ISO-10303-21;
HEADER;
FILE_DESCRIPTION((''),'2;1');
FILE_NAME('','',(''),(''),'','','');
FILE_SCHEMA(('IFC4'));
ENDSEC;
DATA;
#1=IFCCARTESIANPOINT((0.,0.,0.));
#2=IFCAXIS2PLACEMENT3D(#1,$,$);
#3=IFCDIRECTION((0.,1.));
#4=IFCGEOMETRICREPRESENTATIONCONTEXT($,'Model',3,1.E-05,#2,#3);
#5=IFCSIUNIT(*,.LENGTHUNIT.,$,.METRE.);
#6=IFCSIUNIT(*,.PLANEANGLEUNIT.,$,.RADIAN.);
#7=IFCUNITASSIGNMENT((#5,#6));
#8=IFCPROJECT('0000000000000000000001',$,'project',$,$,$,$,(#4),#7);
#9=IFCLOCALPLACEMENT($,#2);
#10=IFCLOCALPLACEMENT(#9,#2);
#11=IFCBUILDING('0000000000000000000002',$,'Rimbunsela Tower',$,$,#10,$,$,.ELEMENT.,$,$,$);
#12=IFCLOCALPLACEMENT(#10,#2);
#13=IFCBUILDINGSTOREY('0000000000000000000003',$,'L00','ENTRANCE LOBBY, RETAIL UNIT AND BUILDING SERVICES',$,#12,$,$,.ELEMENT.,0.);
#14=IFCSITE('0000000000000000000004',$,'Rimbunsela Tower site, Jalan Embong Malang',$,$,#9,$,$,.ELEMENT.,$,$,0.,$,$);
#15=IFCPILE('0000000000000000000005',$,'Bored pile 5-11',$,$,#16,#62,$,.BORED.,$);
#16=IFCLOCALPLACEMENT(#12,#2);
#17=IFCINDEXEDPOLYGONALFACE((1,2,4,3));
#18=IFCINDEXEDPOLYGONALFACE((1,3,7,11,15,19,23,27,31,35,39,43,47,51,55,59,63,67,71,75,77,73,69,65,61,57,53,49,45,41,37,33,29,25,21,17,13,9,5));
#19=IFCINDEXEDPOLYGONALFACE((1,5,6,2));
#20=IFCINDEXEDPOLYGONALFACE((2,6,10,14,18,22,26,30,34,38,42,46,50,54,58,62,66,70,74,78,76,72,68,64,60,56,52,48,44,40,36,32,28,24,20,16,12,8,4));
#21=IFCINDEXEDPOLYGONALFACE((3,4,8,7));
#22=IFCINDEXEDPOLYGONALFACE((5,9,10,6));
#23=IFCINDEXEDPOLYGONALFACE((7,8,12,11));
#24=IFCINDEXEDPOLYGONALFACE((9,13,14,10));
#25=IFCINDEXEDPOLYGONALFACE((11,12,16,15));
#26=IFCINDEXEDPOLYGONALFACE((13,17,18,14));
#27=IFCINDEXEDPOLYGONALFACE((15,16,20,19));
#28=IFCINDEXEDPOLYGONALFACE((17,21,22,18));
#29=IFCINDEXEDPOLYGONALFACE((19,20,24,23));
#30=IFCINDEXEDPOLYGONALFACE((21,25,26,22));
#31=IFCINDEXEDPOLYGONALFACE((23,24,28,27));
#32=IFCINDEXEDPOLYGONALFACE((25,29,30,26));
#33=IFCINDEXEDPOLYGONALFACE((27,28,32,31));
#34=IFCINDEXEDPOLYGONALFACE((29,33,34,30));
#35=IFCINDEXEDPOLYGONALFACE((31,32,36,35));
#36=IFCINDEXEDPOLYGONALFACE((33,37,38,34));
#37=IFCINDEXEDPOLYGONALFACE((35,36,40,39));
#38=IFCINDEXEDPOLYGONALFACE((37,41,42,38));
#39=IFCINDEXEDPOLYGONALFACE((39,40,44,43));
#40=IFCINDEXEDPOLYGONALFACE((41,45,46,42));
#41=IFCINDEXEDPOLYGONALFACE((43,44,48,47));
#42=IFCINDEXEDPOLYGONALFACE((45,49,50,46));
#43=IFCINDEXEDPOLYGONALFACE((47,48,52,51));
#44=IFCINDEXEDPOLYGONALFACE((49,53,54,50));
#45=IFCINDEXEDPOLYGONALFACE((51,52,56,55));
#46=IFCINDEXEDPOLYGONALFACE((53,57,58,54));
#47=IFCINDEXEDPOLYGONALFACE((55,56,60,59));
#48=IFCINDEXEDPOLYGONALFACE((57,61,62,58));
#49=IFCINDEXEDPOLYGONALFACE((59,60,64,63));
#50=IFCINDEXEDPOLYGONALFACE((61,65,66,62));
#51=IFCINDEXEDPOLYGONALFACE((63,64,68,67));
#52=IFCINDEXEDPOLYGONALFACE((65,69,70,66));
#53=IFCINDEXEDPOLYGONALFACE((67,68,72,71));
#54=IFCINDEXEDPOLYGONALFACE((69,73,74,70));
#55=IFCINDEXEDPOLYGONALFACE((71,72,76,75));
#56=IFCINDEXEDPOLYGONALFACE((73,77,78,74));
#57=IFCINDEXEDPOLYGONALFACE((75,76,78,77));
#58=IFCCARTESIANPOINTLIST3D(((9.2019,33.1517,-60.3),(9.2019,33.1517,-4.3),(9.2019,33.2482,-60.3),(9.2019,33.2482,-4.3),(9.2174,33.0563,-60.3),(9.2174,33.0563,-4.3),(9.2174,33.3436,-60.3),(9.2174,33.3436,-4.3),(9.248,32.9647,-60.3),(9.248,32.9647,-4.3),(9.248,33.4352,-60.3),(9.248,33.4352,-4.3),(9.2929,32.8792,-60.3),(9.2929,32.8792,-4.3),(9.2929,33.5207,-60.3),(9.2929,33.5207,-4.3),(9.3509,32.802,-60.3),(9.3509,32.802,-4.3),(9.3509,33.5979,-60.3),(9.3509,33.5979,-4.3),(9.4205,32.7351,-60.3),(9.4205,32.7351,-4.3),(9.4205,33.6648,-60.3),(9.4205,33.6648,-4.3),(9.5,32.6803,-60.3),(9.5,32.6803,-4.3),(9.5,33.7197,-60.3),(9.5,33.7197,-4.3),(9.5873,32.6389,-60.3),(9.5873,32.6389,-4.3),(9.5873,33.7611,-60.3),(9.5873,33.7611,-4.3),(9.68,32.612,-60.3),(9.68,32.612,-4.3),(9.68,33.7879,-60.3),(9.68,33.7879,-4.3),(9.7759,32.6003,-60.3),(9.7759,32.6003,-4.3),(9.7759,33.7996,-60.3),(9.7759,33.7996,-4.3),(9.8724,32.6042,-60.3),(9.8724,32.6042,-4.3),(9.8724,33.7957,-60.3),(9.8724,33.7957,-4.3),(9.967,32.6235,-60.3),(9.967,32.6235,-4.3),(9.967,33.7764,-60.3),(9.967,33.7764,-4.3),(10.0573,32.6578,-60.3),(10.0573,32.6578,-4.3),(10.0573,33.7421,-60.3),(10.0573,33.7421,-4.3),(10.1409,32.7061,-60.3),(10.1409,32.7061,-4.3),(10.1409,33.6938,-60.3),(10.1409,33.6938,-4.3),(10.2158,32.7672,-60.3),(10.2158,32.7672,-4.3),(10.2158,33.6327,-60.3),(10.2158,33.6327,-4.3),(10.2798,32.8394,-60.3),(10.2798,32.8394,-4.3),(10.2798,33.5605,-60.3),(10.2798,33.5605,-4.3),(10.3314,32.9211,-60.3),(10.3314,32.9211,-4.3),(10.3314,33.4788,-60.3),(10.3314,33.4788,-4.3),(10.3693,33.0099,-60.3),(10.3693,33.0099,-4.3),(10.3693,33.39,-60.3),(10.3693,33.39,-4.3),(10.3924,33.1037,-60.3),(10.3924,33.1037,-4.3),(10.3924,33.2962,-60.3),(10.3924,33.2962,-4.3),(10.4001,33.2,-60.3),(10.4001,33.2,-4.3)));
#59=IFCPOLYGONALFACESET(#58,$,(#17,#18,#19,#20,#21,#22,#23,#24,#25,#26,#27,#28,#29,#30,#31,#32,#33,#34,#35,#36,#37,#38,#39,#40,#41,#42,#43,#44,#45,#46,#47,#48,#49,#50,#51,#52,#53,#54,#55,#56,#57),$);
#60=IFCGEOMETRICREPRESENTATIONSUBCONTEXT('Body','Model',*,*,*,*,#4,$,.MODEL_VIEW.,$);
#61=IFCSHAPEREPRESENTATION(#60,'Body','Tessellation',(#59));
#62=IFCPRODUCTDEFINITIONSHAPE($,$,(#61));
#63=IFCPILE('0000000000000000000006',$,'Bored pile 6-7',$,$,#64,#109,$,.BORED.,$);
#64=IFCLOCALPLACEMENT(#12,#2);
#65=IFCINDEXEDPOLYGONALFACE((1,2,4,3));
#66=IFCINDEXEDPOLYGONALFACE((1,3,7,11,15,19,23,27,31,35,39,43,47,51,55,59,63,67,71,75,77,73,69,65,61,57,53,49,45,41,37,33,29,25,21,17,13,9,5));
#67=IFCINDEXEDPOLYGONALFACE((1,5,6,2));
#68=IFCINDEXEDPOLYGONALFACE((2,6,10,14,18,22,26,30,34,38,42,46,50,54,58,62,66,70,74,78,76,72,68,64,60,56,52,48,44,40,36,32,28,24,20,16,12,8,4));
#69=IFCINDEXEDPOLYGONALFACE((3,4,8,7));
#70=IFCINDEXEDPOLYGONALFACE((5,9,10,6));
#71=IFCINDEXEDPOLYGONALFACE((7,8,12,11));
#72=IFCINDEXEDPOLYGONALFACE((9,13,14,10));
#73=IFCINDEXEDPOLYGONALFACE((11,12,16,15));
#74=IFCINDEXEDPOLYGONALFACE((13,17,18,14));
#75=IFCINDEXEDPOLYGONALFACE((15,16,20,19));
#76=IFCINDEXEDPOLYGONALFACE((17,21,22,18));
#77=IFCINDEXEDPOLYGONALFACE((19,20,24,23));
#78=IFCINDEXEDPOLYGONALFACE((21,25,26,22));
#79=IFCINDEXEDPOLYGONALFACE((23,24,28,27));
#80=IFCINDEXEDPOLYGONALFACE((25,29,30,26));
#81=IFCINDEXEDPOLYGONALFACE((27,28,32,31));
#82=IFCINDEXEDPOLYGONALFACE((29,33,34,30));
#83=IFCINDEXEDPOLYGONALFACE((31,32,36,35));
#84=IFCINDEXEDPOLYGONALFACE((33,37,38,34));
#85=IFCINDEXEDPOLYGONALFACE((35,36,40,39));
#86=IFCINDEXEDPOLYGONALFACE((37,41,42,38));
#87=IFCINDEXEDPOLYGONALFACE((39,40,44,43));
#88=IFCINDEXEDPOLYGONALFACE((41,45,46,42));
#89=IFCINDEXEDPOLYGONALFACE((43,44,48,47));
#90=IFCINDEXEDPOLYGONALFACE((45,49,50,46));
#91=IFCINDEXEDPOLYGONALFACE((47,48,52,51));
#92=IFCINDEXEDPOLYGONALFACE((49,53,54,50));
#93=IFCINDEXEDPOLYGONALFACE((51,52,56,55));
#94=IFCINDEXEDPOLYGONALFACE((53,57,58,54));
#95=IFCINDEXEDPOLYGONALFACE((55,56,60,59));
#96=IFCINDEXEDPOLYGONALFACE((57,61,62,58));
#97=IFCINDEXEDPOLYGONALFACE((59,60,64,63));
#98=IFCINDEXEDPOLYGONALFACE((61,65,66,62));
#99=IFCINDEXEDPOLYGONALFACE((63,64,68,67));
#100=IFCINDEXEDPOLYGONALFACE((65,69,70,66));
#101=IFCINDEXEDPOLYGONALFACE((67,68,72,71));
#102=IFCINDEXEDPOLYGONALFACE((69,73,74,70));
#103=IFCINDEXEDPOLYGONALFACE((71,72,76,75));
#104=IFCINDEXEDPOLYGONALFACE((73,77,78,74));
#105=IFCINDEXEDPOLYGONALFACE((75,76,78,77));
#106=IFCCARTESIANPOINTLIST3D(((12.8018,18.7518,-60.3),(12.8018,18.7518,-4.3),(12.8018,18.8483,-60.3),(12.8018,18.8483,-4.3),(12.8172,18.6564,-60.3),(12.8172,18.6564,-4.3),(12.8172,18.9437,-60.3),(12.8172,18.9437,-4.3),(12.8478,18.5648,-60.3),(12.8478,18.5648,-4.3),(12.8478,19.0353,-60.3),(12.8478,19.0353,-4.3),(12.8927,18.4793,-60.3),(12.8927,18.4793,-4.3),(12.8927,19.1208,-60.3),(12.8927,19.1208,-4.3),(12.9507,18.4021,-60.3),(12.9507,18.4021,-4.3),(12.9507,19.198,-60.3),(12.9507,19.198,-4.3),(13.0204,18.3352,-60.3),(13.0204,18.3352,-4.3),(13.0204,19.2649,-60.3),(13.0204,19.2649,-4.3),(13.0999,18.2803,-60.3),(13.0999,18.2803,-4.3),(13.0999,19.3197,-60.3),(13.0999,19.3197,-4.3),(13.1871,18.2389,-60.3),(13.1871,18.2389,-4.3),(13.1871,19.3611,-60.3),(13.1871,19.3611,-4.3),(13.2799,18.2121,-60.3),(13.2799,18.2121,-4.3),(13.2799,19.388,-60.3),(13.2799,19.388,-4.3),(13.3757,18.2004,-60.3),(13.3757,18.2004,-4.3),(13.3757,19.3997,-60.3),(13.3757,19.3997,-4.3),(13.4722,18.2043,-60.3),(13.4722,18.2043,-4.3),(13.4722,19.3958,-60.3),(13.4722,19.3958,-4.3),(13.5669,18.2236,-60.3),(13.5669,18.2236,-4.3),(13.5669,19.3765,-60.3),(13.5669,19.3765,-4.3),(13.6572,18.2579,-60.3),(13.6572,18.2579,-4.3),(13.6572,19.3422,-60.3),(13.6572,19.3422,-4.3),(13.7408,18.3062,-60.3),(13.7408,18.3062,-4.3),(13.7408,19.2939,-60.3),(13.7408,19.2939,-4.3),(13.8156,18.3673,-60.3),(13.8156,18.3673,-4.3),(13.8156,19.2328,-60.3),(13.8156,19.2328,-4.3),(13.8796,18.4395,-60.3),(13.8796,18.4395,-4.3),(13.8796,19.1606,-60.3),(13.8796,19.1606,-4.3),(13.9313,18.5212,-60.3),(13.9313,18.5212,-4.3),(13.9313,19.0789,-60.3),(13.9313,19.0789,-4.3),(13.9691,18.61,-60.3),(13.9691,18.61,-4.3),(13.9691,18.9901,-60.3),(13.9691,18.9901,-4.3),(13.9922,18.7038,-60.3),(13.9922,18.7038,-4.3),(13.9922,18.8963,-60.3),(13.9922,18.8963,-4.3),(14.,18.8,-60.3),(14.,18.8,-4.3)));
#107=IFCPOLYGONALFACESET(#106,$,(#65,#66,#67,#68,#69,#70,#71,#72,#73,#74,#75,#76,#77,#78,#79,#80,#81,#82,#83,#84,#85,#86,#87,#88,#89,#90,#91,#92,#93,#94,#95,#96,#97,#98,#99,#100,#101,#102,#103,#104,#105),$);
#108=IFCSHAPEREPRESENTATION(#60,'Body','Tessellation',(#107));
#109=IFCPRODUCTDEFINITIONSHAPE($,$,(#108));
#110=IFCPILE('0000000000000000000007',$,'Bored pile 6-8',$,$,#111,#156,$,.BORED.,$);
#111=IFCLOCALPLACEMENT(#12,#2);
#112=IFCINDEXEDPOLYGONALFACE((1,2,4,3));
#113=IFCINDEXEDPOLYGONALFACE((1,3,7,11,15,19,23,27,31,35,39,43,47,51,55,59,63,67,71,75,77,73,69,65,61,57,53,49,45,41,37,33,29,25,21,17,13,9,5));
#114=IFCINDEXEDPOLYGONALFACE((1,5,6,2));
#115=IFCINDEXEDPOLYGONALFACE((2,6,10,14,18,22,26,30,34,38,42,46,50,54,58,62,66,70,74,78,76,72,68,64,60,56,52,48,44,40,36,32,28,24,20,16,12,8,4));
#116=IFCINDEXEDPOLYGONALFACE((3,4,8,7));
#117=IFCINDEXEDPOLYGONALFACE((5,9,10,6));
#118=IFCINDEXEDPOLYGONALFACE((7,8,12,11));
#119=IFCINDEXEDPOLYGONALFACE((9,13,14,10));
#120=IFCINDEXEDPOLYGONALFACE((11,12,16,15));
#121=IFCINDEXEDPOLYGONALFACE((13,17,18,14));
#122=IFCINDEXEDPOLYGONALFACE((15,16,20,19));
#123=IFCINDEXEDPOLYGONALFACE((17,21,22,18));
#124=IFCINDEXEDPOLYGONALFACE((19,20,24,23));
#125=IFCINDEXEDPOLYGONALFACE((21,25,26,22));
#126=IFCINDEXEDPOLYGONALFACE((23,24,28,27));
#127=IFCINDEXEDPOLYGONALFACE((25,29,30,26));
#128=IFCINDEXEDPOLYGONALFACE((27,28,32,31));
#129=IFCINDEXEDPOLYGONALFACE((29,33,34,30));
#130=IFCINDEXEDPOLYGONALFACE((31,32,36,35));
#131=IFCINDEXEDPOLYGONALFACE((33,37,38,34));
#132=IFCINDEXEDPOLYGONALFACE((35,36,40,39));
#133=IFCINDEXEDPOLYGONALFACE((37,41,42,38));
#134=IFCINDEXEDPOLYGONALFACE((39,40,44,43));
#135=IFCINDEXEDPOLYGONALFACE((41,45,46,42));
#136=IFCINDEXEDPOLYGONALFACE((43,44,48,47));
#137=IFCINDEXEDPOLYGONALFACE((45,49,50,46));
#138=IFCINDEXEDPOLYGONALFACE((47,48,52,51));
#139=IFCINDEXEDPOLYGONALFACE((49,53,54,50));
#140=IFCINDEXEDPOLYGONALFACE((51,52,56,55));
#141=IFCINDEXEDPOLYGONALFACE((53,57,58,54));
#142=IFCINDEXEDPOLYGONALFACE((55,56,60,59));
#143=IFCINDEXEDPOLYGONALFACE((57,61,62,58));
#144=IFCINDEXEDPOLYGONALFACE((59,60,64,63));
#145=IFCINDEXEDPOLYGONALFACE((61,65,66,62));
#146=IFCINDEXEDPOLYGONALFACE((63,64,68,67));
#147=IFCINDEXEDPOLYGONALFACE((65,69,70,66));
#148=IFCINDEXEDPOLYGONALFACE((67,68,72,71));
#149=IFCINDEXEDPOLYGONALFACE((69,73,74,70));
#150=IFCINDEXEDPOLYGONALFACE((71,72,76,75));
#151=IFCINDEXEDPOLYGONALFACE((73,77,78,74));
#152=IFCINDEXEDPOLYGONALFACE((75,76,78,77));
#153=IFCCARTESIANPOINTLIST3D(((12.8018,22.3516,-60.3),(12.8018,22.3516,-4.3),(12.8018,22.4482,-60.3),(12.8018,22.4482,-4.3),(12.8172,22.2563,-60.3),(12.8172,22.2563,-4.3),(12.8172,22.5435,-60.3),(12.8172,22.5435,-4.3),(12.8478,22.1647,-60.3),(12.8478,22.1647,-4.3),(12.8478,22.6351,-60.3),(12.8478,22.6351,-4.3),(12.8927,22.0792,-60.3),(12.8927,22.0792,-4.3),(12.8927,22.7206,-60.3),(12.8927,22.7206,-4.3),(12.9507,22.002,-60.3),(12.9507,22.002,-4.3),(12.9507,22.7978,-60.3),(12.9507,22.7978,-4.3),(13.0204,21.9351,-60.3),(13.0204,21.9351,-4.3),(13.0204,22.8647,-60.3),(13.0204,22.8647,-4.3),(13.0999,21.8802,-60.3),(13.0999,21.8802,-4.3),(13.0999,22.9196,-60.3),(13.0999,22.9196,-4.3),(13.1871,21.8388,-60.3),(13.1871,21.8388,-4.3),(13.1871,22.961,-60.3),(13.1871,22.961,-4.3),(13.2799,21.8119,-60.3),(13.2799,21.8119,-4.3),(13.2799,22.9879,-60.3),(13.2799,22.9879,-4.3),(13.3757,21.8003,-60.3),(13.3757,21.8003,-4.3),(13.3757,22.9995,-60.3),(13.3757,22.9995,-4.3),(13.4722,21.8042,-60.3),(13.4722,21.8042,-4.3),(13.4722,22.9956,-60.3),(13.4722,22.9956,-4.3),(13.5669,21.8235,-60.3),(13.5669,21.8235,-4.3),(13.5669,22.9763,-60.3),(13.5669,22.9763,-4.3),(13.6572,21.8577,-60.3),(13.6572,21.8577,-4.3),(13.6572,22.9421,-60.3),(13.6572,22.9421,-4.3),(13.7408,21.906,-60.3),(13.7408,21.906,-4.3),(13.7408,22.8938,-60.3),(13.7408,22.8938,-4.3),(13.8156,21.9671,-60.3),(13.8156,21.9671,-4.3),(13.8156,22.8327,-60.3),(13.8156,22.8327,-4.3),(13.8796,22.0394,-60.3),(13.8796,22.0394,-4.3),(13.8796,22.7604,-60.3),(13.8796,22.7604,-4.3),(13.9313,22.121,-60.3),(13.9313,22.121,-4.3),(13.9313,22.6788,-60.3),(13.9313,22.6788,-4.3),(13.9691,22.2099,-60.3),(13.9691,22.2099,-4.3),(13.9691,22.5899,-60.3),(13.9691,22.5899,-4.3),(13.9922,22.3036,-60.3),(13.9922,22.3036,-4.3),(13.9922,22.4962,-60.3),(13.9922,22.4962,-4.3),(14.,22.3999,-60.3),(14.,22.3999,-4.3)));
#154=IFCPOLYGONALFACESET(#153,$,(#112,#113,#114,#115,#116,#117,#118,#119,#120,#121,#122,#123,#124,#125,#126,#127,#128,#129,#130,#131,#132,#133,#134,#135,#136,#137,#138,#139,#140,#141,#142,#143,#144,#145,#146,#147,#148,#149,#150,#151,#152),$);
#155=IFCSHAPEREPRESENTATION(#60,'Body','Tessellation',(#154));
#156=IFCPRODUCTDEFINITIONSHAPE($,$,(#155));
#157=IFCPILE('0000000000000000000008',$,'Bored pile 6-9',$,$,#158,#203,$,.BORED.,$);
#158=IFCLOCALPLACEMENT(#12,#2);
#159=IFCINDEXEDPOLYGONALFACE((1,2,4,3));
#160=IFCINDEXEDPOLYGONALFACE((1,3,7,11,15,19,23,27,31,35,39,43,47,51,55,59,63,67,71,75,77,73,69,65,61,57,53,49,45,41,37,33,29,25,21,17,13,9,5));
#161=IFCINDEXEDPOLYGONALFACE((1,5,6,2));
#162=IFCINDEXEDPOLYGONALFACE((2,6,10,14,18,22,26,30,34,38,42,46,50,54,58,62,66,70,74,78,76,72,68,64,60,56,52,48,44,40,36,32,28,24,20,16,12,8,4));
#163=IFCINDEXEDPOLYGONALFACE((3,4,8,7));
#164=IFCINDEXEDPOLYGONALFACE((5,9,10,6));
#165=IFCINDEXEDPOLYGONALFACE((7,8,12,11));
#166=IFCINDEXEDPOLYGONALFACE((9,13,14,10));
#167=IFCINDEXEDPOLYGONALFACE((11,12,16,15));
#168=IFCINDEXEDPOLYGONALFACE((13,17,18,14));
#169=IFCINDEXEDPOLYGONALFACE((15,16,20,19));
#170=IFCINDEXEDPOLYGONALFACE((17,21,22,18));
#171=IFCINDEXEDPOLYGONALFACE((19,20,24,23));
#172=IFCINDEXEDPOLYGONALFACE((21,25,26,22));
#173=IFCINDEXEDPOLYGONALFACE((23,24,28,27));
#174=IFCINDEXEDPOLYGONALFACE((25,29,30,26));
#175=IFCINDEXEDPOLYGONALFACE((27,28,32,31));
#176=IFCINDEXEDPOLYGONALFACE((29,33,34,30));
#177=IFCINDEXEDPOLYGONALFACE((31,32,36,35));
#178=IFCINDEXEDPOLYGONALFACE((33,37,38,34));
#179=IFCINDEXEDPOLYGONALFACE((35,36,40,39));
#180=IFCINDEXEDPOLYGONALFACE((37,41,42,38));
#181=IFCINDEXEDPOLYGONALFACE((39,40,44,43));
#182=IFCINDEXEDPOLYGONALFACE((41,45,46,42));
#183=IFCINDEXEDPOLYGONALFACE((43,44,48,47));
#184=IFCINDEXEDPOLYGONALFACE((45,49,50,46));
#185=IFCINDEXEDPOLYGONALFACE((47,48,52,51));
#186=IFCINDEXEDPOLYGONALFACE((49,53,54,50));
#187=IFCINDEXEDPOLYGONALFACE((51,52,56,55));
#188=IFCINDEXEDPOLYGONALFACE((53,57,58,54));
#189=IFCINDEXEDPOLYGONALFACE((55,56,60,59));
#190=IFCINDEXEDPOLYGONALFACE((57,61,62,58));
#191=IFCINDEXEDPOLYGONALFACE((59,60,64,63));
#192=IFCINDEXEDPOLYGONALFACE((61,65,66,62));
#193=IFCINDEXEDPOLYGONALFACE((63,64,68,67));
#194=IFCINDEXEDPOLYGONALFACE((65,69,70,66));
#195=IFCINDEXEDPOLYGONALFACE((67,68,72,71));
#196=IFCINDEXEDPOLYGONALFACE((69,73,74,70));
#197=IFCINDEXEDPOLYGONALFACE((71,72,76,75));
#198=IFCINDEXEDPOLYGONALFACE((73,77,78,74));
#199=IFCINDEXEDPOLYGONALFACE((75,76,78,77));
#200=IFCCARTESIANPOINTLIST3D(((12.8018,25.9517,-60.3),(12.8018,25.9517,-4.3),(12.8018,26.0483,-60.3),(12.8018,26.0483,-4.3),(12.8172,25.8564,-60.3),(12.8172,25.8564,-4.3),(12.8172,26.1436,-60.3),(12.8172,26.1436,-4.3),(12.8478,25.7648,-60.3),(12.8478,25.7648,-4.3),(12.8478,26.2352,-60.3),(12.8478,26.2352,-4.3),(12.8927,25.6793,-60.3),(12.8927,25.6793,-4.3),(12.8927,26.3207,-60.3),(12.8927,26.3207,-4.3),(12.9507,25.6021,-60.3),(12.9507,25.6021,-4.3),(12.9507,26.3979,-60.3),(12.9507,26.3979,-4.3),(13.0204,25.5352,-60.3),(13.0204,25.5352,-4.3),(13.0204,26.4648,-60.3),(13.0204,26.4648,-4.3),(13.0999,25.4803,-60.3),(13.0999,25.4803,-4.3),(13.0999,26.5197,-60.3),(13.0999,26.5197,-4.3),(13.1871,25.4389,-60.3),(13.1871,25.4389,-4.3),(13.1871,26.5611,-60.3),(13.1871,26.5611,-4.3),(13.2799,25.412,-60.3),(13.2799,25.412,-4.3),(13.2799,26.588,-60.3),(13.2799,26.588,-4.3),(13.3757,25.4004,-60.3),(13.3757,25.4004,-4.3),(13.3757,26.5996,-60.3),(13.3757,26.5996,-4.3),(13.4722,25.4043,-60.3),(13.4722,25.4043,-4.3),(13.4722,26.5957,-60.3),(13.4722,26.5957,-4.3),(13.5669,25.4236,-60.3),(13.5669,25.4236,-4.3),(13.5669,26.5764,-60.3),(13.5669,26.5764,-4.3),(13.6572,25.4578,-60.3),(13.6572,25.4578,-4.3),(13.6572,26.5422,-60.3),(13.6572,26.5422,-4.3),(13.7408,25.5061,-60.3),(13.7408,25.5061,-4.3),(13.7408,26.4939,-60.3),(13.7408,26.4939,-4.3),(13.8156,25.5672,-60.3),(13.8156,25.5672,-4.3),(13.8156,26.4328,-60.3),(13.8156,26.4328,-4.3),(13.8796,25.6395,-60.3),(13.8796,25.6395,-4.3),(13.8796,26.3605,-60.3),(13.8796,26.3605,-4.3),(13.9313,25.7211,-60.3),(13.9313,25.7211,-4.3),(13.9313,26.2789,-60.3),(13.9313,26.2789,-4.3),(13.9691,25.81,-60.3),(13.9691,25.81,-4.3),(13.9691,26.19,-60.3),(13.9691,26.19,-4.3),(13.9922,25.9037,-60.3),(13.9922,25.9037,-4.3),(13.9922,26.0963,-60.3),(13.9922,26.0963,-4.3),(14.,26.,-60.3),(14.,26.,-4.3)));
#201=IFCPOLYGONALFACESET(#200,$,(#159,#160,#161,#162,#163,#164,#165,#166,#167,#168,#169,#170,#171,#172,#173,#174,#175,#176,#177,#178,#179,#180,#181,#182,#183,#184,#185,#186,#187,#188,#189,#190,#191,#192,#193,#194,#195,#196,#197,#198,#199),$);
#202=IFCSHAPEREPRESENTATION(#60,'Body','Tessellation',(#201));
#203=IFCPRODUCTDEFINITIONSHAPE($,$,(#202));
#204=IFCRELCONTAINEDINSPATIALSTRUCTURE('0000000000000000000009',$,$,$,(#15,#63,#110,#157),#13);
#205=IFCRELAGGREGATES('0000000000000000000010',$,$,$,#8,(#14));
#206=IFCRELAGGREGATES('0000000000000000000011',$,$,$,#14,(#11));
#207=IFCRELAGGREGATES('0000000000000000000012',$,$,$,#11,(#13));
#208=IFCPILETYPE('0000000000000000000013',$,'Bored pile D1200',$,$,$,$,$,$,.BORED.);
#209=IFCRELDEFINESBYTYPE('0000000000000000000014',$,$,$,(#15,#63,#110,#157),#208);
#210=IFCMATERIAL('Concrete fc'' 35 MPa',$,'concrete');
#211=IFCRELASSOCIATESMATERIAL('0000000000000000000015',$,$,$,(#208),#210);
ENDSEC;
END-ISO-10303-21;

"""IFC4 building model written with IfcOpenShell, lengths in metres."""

from ifc_helpers import new_model, si_unit, direction, frame, origin, origin_2d, place, context, subcontext, project, spatial, circle, extrude, material, material_profile, profile_set, type_object, element, save


model = new_model("IFC4")

# Units and contexts
model_context = context("Model", 3, precision=1e-05, world=origin(), true_north=direction((0.0, 1.0)))
body_context = subcontext(model_context, "Body", "Model", "MODEL_VIEW")
ifc_project = project(units=[si_unit("LENGTHUNIT", "METRE"), si_unit("PLANEANGLEUNIT", "RADIAN")], contexts=[model_context])

# Site, building, storey
site_placement = place(None, origin())
site = spatial("IfcSite", under=ifc_project, at=site_placement, Name="Rimbunsela Tower site, Jalan Embong Malang", CompositionType="ELEMENT", RefElevation=0.0)
building_placement = place(site_placement, origin())
building = spatial("IfcBuilding", under=site, at=building_placement, Name="Rimbunsela Tower", CompositionType="ELEMENT")
storey_placement = place(building_placement, origin())
storey = spatial("IfcBuildingStorey", under=building, at=storey_placement, Name="L00", Description="ENTRANCE LOBBY, RETAIL UNIT AND BUILDING SERVICES", CompositionType="ELEMENT", Elevation=0.0)

# Piles
ifc_material_1 = material(Name="Concrete fc' 35 MPa", Category="concrete")
ifc_material_profile_1 = material_profile(ifc_material_1, circle(Radius=0.6001, at=origin_2d()), Name="BP D1200")
ifc_profile_set_1 = profile_set([ifc_material_profile_1], Name="Concrete fc' 35 MPa")
pile_type = type_object("IfcPileType", Name="Bored pile D1200", PredefinedType="BORED", material=ifc_profile_set_1)
for number, where, z_axis, x_axis, name in (
    (1, (9.8, 33.2, -4.3), (0.0, 0.0, -1.0), (1.0, 0.0, 0.0), "Bored pile 5-11"),
    (2, (13.3999, 18.8, -4.3), (0.0, 0.0, -1.0), (1.0, 0.0, 0.0), "Bored pile 6-7"),
    (3, (13.3999, 22.3999, -4.3), (0.0, 0.0, -1.0), (1.0, 0.0, 0.0), "Bored pile 6-8"),
    (4, (13.3999, 26.0, -4.3), (0.0, 0.0, -1.0), (1.0, 0.0, 0.0), "Bored pile 6-9"),
):
    element("IfcPile", number, at=place(storey_placement, frame(where, z_axis=z_axis, x_axis=x_axis)), inside=storey, type_object=pile_type, Name=name, PredefinedType="BORED", context=body_context, shape_type="SweptSolid", body=[
        extrude(circle(Radius=0.6001, at=origin_2d()), origin(), (0.0, 0.0, 1.0), 56.0),
    ])

save(model, "model.ifc")
